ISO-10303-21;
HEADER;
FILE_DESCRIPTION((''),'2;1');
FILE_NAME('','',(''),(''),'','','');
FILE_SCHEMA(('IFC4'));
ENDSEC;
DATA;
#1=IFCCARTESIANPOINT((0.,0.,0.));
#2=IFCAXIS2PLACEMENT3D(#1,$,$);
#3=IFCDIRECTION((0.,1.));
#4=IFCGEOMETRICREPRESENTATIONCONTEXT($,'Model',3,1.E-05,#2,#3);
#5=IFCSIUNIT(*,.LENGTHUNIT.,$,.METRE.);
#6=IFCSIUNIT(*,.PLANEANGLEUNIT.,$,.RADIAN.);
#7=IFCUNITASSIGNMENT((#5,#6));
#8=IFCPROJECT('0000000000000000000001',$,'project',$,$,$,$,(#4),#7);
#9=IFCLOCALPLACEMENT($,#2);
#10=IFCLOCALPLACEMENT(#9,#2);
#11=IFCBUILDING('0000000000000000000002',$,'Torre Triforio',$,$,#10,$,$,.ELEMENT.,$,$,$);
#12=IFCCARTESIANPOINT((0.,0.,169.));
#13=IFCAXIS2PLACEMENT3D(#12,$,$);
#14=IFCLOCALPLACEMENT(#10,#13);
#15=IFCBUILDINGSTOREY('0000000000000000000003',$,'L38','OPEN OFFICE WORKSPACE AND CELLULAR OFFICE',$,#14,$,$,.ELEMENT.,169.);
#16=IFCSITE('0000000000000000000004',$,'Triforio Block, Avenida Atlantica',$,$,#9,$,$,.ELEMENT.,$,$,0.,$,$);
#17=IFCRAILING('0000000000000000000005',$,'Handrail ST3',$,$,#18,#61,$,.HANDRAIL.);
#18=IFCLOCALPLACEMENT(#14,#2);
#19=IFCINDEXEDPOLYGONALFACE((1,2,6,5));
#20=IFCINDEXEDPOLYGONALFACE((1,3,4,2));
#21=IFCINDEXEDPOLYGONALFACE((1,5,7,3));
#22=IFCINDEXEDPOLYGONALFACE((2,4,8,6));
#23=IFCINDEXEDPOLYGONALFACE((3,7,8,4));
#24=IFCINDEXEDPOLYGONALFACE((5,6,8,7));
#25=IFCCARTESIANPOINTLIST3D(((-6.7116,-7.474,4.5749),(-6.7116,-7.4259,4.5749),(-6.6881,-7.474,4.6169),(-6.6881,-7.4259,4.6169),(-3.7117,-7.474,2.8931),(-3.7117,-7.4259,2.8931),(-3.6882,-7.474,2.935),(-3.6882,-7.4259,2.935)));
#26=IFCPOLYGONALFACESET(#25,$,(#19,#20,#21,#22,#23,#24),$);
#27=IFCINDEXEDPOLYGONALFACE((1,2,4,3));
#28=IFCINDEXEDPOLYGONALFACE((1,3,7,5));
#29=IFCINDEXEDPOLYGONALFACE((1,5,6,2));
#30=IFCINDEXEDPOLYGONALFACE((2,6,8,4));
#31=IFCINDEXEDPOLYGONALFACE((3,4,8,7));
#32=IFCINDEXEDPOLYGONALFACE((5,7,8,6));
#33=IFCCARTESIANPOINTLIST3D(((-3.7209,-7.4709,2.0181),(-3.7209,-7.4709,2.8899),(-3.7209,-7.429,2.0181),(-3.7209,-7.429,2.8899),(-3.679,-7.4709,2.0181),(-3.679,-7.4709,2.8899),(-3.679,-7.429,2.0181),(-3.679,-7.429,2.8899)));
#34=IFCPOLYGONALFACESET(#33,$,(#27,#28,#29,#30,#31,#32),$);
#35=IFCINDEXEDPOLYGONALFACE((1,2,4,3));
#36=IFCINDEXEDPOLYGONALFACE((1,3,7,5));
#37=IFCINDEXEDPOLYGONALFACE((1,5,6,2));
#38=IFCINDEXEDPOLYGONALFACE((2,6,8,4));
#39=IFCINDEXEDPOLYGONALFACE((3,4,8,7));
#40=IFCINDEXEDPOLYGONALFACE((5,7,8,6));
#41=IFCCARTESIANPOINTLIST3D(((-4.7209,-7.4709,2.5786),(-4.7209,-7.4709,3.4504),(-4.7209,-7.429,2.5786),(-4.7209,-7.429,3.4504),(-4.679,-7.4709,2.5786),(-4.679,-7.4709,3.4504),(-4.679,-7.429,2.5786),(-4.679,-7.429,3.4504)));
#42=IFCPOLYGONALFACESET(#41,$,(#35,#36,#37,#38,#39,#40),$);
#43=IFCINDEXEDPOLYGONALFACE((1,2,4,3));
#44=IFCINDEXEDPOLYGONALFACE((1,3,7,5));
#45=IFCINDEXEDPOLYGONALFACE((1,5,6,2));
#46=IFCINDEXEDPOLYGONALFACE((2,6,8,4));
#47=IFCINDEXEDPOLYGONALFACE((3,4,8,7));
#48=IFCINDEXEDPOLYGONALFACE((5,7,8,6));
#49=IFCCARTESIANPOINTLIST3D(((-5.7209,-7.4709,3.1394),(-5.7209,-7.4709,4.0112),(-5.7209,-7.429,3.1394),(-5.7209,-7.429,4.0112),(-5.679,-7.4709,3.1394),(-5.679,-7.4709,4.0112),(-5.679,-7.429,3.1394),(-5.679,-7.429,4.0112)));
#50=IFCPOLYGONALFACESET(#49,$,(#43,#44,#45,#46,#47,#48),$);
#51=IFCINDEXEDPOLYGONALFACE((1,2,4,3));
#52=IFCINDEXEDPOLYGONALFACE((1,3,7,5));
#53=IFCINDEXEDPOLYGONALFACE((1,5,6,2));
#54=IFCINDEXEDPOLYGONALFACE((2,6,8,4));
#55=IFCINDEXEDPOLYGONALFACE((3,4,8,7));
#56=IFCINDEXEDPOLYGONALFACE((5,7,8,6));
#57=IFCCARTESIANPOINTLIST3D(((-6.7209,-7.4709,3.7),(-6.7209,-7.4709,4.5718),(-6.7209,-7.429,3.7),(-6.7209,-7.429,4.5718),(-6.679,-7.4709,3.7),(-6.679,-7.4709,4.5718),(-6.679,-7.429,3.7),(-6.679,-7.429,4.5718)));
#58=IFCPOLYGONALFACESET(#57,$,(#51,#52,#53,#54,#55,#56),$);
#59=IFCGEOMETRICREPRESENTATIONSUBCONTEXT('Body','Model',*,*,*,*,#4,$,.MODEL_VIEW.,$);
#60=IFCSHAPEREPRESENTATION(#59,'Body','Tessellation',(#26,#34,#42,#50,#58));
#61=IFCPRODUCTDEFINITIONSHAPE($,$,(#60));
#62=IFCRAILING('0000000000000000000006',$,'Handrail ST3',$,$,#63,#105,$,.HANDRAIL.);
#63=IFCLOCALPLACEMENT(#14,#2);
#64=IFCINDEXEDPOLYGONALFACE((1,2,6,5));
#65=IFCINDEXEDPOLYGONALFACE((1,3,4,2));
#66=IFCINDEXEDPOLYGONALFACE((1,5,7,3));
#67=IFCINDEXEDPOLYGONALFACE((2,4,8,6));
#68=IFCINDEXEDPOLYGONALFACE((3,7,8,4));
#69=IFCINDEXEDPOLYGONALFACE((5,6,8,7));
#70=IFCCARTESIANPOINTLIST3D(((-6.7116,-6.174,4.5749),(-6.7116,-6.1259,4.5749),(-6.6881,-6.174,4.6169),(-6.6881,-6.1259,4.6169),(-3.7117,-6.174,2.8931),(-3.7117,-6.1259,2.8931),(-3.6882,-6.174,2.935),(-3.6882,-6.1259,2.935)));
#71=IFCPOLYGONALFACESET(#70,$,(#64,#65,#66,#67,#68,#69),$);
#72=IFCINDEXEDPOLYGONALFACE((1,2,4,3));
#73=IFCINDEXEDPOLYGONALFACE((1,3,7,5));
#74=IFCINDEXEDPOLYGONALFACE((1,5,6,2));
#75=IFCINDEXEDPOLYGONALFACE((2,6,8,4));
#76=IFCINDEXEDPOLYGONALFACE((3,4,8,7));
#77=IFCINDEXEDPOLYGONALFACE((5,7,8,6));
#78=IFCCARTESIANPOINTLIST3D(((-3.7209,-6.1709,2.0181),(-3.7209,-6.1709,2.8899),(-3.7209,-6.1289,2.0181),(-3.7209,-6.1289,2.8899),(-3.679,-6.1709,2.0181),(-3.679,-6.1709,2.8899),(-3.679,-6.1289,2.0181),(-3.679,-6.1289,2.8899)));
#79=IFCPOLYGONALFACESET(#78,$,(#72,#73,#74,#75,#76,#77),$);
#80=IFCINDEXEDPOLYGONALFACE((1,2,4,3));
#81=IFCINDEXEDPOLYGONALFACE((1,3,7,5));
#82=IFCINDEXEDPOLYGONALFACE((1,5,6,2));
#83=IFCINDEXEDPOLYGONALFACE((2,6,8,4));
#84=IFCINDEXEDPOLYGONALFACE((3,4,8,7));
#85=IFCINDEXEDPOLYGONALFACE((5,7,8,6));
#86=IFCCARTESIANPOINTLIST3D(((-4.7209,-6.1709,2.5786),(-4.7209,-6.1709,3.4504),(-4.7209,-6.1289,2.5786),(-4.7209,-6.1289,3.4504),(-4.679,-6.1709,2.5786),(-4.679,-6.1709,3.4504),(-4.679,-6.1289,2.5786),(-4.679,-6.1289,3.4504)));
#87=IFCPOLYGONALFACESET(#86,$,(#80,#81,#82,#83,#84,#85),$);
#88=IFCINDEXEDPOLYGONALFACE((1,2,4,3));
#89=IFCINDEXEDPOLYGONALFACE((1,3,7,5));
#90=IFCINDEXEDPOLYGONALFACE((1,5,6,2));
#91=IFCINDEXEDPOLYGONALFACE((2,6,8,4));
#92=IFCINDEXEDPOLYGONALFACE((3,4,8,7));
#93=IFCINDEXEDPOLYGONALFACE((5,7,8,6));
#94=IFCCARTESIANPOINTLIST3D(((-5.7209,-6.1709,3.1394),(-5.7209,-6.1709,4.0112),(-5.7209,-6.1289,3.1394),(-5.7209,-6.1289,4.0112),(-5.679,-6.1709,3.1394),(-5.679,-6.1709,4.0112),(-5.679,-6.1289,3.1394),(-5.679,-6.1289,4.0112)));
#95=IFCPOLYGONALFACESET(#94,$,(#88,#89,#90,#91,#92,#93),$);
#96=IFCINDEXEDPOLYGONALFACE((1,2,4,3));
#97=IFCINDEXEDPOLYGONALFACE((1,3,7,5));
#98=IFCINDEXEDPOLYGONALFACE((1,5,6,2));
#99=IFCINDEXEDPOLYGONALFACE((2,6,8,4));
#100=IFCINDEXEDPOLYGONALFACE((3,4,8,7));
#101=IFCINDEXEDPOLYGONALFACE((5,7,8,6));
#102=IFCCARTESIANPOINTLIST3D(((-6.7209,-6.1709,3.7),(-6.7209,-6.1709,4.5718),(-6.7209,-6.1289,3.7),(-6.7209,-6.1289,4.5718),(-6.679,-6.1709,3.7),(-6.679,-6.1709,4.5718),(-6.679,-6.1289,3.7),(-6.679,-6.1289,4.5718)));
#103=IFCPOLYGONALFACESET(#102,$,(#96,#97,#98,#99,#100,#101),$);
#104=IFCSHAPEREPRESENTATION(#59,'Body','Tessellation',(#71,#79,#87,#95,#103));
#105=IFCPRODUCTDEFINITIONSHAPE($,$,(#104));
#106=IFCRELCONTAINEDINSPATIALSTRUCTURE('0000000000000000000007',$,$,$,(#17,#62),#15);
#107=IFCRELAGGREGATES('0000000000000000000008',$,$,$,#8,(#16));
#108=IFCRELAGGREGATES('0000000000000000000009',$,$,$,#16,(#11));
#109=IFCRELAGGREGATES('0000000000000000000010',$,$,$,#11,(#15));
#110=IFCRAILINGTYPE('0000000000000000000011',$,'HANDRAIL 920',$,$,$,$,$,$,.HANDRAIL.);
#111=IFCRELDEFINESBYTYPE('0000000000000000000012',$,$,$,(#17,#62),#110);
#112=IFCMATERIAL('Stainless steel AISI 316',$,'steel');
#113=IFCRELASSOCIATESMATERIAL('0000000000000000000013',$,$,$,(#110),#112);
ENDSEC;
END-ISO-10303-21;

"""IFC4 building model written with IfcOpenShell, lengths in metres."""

from ifc_helpers import new_model, si_unit, direction, frame, origin, origin_2d, place, context, subcontext, project, spatial, rectangle, extrude, material, type_object, element, save


model = new_model("IFC4")

# Units and contexts
model_context = context("Model", 3, precision=1e-05, world=origin(), true_north=direction((0.0, 1.0)))
body_context = subcontext(model_context, "Body", "Model", "MODEL_VIEW")
ifc_project = project(units=[si_unit("LENGTHUNIT", "METRE"), si_unit("PLANEANGLEUNIT", "RADIAN")], contexts=[model_context])

# Site, building, storey
site_placement = place(None, origin())
site = spatial("IfcSite", under=ifc_project, at=site_placement, Name="Triforio Block, Avenida Atlantica", CompositionType="ELEMENT", RefElevation=0.0)
building_placement = place(site_placement, origin())
building = spatial("IfcBuilding", under=site, at=building_placement, Name="Torre Triforio", CompositionType="ELEMENT")
storey_placement = place(building_placement, frame((0.0, 0.0, 169.0)))
storey = spatial("IfcBuildingStorey", under=building, at=storey_placement, Name="L38", Description="OPEN OFFICE WORKSPACE AND CELLULAR OFFICE", CompositionType="ELEMENT", Elevation=169.0)

# Railings
ifc_material_1 = material(Name="Stainless steel AISI 316", Category="steel")
railing_type = type_object("IfcRailingType", Name="HANDRAIL 920", PredefinedType="HANDRAIL", material=ifc_material_1)
for number, where, name in (
    (1, (-3.7, -7.45, 2.0181), "Handrail ST3"),
    (2, (-3.7, -6.1499, 2.0181), "Handrail ST3"),
):
    element("IfcRailing", number, at=place(storey_placement, frame(where)), inside=storey, type_object=railing_type, Name=name, PredefinedType="HANDRAIL", context=body_context, shape_type="SweptSolid", body=[
        extrude(rectangle(XDim=0.0481, YDim=0.0481, at=origin_2d()), frame((0.0, 0.0, 0.896), z_axis=(-0.872272, 0.0, 0.48902), x_axis=(0.0, -1.0, 0.0)), (0.0, 0.0, 1.0), 3.4392),
        extrude(rectangle(XDim=0.042, YDim=0.042, at=origin_2d()), origin(), (0.0, 0.0, 1.0), 0.8718),
        extrude(rectangle(XDim=0.042, YDim=0.042, at=origin_2d()), frame((-1.0, 0.0, 0.5605)), (0.0, 0.0, 1.0), 0.8718),
        extrude(rectangle(XDim=0.042, YDim=0.042, at=origin_2d()), frame((-2.0, 0.0, 1.1213)), (0.0, 0.0, 1.0), 0.8718),
        extrude(rectangle(XDim=0.042, YDim=0.042, at=origin_2d()), frame((-3.0, 0.0, 1.6819)), (0.0, 0.0, 1.0), 0.8718),
    ])

save(model, "model.ifc")
